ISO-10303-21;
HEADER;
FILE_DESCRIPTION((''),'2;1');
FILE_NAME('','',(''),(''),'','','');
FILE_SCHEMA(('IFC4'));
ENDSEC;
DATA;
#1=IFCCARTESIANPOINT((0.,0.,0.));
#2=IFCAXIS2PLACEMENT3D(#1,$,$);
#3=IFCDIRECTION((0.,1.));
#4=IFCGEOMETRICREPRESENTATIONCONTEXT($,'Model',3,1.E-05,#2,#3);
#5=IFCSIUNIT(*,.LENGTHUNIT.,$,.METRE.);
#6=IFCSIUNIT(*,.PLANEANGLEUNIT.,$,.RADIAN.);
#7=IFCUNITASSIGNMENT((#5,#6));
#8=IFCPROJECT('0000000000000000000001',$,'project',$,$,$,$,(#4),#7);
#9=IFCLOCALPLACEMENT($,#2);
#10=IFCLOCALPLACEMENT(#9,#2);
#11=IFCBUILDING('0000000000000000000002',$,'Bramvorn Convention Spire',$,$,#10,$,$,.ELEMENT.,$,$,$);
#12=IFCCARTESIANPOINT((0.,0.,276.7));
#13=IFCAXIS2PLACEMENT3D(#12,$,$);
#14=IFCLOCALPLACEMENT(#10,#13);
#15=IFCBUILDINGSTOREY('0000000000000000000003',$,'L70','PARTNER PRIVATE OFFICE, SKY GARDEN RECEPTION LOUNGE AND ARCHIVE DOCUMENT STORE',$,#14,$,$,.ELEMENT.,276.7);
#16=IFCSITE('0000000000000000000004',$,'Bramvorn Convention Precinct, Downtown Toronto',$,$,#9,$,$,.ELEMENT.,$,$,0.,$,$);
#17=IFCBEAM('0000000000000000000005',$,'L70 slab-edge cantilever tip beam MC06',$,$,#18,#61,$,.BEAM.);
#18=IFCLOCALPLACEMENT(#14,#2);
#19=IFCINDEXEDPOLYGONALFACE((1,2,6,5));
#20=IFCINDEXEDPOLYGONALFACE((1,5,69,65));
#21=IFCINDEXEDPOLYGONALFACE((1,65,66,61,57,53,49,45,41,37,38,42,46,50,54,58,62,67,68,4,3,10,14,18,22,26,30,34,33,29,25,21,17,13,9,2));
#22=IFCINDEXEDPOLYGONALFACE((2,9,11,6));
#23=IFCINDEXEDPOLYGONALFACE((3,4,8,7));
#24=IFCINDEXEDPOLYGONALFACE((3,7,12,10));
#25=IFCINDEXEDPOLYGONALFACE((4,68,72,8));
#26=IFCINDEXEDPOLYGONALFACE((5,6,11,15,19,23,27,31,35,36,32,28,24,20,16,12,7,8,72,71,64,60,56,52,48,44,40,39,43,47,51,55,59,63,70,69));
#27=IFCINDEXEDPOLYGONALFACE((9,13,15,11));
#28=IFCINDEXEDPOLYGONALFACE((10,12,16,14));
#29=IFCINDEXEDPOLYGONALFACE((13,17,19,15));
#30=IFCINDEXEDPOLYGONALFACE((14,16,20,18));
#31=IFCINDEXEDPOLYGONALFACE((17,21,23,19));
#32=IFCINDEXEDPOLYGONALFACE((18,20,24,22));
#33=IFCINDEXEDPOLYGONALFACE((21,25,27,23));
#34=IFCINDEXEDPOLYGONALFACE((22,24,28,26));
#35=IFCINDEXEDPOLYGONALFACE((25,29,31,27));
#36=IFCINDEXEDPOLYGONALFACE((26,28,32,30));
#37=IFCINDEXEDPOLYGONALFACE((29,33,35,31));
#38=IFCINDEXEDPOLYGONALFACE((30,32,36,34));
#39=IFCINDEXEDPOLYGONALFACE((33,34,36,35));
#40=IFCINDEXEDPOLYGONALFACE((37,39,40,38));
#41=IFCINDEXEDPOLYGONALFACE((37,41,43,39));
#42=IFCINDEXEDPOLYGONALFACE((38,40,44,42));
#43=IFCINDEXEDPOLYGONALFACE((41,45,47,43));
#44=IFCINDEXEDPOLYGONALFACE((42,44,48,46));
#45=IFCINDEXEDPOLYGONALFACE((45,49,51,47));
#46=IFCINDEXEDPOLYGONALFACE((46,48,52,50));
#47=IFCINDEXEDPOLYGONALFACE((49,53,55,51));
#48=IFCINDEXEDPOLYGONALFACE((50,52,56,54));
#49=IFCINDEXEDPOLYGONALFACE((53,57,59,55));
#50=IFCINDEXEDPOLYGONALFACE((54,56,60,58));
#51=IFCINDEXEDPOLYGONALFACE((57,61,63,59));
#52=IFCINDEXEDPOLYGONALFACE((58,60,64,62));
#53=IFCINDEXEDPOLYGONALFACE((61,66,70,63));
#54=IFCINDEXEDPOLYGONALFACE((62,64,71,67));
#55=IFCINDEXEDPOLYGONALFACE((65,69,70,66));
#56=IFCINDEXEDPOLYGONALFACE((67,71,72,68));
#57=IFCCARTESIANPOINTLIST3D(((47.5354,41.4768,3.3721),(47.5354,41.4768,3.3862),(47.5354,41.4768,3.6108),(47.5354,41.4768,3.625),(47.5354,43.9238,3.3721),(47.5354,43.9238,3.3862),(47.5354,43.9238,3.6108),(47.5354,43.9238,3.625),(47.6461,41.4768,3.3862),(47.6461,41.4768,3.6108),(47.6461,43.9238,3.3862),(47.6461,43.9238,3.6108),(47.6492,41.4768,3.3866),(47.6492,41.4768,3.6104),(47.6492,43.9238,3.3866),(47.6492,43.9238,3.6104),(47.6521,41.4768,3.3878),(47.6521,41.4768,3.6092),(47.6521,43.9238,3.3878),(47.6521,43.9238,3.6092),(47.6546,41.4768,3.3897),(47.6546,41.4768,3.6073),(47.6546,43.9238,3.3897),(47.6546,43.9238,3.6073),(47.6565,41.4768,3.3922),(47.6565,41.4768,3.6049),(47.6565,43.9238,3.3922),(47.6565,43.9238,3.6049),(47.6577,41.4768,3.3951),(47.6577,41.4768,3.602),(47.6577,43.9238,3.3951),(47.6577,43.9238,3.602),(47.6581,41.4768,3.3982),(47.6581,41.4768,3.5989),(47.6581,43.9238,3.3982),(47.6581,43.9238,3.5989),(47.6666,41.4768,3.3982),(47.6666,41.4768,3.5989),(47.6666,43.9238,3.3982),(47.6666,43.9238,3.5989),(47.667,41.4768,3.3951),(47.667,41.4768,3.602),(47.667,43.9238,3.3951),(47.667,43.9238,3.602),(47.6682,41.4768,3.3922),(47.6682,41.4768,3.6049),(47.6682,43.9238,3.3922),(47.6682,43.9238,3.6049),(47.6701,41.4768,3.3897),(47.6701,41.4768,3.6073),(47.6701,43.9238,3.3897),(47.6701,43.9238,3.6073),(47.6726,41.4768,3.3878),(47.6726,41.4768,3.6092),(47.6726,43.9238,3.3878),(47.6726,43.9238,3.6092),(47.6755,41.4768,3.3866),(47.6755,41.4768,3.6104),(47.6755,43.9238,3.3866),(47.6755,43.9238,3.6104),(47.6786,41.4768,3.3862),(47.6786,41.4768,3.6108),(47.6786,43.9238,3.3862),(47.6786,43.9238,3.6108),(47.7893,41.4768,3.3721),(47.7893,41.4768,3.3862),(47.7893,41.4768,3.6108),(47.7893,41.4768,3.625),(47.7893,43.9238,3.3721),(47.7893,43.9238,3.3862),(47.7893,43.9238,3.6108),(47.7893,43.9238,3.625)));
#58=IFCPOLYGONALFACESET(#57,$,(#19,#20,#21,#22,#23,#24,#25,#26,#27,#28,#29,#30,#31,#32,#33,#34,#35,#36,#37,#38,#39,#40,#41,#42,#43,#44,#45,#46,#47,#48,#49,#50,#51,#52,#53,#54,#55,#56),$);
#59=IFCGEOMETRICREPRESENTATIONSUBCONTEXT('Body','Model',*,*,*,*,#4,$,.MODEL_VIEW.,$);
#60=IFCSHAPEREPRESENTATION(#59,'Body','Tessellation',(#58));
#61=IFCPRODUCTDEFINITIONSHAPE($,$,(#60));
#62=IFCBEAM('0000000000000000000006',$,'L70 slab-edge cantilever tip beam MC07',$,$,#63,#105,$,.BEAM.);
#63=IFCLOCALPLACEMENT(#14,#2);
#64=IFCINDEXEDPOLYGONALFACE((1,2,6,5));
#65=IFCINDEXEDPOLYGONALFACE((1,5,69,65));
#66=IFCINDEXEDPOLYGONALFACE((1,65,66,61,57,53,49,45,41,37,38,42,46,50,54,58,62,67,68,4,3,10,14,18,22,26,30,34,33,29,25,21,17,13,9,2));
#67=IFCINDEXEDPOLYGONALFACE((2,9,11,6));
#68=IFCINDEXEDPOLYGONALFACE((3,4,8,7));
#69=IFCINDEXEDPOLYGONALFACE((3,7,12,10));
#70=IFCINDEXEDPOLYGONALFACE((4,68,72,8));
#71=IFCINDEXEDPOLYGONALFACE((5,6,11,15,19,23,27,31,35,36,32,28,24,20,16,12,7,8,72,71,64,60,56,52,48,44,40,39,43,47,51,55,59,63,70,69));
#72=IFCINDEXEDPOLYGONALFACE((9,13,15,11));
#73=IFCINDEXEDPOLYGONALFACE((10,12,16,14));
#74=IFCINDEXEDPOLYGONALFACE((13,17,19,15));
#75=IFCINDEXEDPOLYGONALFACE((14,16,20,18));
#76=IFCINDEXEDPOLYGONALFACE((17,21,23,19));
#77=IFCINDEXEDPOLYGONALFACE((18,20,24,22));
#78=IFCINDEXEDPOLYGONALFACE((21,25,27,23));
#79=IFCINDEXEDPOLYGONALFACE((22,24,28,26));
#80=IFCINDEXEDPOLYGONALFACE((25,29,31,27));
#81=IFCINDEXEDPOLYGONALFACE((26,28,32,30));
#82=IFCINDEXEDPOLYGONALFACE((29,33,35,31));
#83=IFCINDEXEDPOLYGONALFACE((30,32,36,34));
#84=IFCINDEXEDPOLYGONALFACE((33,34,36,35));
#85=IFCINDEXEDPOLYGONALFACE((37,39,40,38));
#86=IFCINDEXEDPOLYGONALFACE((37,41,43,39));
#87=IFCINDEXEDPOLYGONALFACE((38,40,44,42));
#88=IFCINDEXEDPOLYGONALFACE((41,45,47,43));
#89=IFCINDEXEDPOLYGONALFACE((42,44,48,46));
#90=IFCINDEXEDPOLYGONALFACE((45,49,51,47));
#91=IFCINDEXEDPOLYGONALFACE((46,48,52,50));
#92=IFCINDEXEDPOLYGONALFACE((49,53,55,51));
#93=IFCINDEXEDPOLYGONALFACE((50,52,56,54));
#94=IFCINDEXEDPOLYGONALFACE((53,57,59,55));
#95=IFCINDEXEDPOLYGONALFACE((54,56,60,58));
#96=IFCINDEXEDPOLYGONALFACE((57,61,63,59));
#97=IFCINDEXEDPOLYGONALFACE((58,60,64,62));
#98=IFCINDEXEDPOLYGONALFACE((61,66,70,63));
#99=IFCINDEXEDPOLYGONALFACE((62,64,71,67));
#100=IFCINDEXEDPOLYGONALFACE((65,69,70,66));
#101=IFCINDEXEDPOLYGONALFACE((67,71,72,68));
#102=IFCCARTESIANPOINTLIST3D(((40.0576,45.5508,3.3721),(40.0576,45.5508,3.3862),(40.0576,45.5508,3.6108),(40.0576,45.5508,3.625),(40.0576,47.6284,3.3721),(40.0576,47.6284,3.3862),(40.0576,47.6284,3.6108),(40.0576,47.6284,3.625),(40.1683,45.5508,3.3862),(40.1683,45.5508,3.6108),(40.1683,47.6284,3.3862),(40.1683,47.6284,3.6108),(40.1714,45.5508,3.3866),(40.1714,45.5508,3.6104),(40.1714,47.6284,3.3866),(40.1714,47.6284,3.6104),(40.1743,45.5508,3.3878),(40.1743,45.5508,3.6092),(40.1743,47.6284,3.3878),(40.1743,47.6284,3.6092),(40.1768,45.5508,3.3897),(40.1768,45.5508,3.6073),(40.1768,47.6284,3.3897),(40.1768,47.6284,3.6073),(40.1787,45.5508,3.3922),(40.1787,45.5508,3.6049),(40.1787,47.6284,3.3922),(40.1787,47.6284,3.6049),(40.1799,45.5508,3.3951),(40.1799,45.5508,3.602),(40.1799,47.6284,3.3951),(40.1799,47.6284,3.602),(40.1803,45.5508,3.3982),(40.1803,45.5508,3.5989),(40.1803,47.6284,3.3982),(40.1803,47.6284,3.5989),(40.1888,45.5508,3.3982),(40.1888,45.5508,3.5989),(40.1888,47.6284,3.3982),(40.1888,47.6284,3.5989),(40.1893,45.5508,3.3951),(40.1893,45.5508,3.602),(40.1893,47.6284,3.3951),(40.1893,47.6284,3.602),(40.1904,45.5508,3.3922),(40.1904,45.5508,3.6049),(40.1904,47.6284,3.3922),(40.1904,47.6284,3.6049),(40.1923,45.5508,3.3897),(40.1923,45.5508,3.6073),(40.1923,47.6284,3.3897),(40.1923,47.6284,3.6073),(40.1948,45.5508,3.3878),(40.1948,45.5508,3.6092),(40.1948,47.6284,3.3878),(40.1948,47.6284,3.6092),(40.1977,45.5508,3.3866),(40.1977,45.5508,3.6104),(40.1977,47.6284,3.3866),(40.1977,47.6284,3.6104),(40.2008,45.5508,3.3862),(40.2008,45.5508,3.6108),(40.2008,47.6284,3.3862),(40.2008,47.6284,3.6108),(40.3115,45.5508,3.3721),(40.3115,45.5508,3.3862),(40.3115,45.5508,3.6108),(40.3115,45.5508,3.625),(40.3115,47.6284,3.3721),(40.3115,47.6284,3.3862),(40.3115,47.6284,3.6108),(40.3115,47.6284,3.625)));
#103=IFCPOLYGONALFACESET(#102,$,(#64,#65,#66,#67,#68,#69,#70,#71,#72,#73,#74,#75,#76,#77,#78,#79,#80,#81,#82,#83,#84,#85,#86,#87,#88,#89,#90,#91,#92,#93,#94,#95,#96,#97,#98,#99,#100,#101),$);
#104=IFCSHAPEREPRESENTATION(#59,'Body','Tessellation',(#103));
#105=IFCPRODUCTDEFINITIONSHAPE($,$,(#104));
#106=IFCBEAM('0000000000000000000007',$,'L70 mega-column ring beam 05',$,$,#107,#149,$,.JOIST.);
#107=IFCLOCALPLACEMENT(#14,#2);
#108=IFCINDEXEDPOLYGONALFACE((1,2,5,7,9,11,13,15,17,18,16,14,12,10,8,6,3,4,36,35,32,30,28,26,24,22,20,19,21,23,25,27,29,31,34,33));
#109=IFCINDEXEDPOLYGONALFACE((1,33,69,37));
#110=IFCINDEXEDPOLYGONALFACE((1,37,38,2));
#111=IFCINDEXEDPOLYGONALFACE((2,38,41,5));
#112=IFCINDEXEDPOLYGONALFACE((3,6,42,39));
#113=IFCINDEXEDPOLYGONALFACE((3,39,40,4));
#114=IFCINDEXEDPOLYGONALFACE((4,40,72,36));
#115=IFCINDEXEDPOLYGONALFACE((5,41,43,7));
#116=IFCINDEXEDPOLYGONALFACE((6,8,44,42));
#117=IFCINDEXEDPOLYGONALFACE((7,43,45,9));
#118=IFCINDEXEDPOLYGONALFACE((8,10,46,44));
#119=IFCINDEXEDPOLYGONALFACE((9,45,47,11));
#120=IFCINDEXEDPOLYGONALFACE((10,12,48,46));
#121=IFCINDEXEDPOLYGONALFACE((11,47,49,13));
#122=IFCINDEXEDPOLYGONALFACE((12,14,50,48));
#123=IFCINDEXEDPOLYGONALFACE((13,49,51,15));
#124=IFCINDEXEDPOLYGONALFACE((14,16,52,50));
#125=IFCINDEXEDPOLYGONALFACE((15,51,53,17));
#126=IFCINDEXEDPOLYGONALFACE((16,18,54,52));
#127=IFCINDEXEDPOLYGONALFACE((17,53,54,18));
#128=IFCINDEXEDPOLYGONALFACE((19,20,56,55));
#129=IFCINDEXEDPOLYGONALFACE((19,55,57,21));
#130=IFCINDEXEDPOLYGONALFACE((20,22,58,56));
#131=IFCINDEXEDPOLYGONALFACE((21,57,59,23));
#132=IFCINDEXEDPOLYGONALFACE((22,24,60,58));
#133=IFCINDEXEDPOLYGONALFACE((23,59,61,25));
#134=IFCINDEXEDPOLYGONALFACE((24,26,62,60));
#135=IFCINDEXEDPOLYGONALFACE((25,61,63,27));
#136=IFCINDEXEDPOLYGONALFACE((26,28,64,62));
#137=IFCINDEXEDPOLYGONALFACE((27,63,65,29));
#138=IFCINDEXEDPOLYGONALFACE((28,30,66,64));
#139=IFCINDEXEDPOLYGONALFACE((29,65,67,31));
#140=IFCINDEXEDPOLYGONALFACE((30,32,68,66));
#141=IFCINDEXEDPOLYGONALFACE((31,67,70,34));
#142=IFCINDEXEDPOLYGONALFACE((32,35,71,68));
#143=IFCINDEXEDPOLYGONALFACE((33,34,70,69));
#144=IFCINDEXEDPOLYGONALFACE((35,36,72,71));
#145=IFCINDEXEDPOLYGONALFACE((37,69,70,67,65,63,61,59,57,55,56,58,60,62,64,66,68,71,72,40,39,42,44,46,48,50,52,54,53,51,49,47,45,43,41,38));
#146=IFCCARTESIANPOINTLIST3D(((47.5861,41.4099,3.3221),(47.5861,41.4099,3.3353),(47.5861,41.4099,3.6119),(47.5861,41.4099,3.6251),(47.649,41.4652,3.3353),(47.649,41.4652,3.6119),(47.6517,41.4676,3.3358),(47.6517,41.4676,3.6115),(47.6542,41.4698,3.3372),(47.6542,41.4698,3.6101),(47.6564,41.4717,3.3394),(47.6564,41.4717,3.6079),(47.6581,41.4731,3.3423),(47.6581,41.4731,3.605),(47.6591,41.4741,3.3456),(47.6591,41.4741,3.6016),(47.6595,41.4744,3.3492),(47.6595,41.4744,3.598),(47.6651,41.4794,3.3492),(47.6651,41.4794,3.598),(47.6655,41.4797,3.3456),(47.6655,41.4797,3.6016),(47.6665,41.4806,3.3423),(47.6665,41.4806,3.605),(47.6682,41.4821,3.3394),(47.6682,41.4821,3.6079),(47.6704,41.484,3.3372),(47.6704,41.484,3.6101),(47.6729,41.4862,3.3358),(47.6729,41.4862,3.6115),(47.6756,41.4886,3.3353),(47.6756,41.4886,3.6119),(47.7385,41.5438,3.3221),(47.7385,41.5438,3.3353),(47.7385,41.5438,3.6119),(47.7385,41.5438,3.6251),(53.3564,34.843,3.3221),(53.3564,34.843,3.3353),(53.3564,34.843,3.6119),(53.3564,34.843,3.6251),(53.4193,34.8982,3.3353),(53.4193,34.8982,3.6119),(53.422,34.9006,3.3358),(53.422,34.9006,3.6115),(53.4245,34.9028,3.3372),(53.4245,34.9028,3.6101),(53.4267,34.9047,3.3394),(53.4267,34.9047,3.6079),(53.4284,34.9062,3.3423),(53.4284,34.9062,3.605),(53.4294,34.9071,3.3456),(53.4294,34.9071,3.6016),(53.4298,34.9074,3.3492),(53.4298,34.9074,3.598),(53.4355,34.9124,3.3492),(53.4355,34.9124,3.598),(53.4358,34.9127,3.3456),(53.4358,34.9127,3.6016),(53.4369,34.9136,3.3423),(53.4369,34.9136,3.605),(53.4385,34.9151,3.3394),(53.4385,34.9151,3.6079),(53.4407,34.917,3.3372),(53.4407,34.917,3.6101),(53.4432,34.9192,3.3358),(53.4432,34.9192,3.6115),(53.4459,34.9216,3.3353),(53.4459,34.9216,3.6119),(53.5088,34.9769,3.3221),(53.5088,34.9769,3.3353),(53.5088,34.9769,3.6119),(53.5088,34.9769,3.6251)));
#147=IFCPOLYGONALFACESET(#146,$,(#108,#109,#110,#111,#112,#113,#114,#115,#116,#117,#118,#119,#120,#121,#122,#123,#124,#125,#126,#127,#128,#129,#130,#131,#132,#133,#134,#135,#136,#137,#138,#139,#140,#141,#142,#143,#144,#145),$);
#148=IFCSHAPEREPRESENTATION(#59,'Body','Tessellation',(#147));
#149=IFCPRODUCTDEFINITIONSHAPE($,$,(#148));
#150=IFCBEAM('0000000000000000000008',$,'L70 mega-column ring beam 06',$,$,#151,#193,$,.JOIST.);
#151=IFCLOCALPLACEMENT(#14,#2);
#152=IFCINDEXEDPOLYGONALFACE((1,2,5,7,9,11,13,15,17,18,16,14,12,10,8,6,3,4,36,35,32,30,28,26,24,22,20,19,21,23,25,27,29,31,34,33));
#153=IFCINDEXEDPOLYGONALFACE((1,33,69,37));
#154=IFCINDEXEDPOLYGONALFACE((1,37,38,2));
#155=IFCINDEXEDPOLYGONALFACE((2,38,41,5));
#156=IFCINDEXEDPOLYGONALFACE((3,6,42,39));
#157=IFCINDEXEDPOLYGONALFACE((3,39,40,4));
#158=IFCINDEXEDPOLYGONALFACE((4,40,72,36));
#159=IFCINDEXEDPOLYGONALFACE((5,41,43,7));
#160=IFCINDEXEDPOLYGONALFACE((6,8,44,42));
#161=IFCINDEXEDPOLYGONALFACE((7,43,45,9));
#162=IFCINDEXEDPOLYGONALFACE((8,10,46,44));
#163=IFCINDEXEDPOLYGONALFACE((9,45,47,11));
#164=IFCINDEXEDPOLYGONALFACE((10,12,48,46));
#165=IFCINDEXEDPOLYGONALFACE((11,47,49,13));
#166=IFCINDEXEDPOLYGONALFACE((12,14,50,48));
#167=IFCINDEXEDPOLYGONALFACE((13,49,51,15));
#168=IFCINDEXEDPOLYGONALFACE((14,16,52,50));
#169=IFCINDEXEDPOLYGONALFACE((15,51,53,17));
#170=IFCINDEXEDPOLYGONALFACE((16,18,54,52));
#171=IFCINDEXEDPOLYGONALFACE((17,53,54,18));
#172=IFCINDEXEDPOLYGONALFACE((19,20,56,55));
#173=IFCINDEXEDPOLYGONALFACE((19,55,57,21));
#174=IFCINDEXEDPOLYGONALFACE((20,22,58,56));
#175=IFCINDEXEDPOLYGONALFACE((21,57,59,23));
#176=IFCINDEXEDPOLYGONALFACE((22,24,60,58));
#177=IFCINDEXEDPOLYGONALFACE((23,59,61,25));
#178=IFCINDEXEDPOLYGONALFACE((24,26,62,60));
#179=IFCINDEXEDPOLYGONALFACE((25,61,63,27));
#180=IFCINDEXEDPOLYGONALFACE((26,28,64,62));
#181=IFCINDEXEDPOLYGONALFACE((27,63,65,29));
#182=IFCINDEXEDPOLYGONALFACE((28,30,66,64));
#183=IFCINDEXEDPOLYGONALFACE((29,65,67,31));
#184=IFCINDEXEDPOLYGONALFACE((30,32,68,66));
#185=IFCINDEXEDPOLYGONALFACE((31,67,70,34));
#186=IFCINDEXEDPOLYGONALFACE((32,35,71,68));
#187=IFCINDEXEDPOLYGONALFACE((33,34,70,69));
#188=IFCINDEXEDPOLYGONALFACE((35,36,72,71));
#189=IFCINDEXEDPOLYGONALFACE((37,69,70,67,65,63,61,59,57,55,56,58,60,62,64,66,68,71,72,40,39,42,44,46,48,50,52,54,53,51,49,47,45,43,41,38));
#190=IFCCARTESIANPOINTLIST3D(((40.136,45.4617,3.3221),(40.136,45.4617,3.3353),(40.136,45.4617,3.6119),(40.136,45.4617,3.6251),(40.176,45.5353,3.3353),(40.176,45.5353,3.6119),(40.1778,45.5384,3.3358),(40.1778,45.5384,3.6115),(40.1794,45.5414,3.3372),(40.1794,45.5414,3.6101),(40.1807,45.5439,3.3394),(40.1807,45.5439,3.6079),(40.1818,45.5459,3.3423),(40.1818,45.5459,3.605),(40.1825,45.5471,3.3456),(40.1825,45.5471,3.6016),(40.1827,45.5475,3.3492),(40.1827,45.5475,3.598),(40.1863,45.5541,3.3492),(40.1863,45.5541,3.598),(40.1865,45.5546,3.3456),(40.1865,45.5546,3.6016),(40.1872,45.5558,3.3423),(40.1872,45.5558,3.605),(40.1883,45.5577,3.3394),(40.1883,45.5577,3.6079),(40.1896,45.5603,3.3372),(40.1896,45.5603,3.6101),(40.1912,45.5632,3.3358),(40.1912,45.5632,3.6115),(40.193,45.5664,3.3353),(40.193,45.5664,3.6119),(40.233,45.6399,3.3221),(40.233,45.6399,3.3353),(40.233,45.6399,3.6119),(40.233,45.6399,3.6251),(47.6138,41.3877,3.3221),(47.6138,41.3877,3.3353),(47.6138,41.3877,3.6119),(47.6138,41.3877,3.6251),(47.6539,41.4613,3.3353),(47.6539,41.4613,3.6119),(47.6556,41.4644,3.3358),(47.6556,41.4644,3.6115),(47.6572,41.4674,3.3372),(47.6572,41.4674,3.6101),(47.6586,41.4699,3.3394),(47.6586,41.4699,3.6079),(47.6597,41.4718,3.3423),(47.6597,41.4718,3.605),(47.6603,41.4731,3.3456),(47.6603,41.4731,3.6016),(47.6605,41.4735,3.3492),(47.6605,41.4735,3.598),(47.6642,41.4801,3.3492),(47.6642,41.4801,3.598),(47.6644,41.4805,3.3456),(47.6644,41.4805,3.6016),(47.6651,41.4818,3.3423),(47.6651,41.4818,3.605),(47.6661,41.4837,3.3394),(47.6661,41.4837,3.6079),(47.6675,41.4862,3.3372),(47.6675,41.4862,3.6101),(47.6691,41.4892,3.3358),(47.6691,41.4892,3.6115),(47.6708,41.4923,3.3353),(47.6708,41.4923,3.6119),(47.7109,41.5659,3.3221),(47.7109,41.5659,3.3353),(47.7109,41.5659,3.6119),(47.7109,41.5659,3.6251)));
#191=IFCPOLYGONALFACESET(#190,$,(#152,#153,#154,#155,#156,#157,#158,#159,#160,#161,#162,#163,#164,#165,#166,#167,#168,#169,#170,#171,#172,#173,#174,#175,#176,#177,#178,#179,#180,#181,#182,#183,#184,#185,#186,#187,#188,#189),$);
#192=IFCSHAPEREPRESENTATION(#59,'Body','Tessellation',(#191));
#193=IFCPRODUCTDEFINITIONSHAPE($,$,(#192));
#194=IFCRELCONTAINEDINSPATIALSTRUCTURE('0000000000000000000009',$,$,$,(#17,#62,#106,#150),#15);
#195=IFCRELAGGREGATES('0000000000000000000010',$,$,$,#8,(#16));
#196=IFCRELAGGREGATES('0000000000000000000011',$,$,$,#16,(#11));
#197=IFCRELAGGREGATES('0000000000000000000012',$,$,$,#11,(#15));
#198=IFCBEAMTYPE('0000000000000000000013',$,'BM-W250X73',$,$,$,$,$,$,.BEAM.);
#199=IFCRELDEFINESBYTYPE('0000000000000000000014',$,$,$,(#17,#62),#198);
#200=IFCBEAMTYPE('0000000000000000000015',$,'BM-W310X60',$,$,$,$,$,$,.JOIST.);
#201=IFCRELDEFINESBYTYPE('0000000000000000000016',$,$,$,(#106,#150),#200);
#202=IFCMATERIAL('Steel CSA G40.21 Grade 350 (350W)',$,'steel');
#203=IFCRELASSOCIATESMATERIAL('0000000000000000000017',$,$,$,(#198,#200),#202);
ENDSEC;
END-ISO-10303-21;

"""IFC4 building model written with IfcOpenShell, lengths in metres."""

from ifc_helpers import new_model, si_unit, direction, frame, origin, origin_2d, place, context, subcontext, project, spatial, i_section, extrude, material, material_profile, profile_set, type_object, element, save


model = new_model("IFC4")

# Units and contexts
model_context = context("Model", 3, precision=1e-05, world=origin(), true_north=direction((0.0, 1.0)))
body_context = subcontext(model_context, "Body", "Model", "MODEL_VIEW")
ifc_project = project(units=[si_unit("LENGTHUNIT", "METRE"), si_unit("PLANEANGLEUNIT", "RADIAN")], contexts=[model_context])

# Site, building, storey
site_placement = place(None, origin())
site = spatial("IfcSite", under=ifc_project, at=site_placement, Name="Bramvorn Convention Precinct, Downtown Toronto", CompositionType="ELEMENT", RefElevation=0.0)
building_placement = place(site_placement, origin())
building = spatial("IfcBuilding", under=site, at=building_placement, Name="Bramvorn Convention Spire", CompositionType="ELEMENT")
storey_placement = place(building_placement, frame((0.0, 0.0, 276.7)))
storey = spatial("IfcBuildingStorey", under=building, at=storey_placement, Name="L70", Description="PARTNER PRIVATE OFFICE, SKY GARDEN RECEPTION LOUNGE AND ARCHIVE DOCUMENT STORE", CompositionType="ELEMENT", Elevation=276.7)

# Shared definitions
ifc_material_1 = material(Name="Steel CSA G40.21 Grade 350 (350W)", Category="steel")

# Beams
ifc_material_profile_1 = material_profile(ifc_material_1, i_section(OverallWidth=0.2539, OverallDepth=0.2529, WebThickness=0.0085, FlangeThickness=0.0142, FilletRadius=0.012, at=origin_2d()))
ifc_profile_set_1 = profile_set([ifc_material_profile_1], Name="Steel CSA G40.21 Grade 350 (350W) - W250X73")
beam_type_1 = type_object("IfcBeamType", Name="BM-W250X73", PredefinedType="BEAM", material=ifc_profile_set_1)
beam_1_placement = place(storey_placement, frame((47.6624, 41.4768, 3.4985), z_axis=(0.0, 1.0, 0.0), x_axis=(-1.0, 0.0, 0.0)))
element("IfcBeam", 1, at=beam_1_placement, inside=storey, type_object=beam_type_1, Name="L70 slab-edge cantilever tip beam MC06", PredefinedType="BEAM", context=body_context, shape_type="SweptSolid", body=[
    extrude(i_section(OverallWidth=0.2539, OverallDepth=0.2529, WebThickness=0.0085, FlangeThickness=0.0142, FilletRadius=0.012, at=origin_2d()), origin(), (0.0, 0.0, 1.0), 2.447),
])
beam_2_placement = place(storey_placement, frame((40.1846, 45.5508, 3.4985), z_axis=(0.0, 1.0, 0.0), x_axis=(-1.0, 0.0, 0.0)))
element("IfcBeam", 2, at=beam_2_placement, inside=storey, type_object=beam_type_1, Name="L70 slab-edge cantilever tip beam MC07", PredefinedType="BEAM", context=body_context, shape_type="SweptSolid", body=[
    extrude(i_section(OverallWidth=0.2539, OverallDepth=0.2529, WebThickness=0.0085, FlangeThickness=0.0142, FilletRadius=0.012, at=origin_2d()), origin(), (0.0, 0.0, 1.0), 2.0776),
])
ifc_material_profile_2 = material_profile(ifc_material_1, i_section(OverallWidth=0.2029, OverallDepth=0.303, WebThickness=0.0076, FlangeThickness=0.0132, FilletRadius=0.0139, at=origin_2d()))
ifc_profile_set_2 = profile_set([ifc_material_profile_2], Name="Steel CSA G40.21 Grade 350 (350W) - W310X60")
beam_type_2 = type_object("IfcBeamType", Name="BM-W310X60", PredefinedType="JOIST", material=ifc_profile_set_2)
beam_3_placement = place(storey_placement, frame((53.4326, 34.9099, 3.4736), z_axis=(-0.660073, 0.751201, 0.0), x_axis=(-0.751201, -0.660073, 0.0)))
element("IfcBeam", 3, at=beam_3_placement, inside=storey, type_object=beam_type_2, Name="L70 mega-column ring beam 05", PredefinedType="JOIST", context=body_context, shape_type="SweptSolid", body=[
    extrude(i_section(OverallWidth=0.2029, OverallDepth=0.303, WebThickness=0.0076, FlangeThickness=0.0132, FilletRadius=0.0139, at=origin_2d()), origin(), (0.0, 0.0, 1.0), 8.7419),
])
beam_4_placement = place(storey_placement, frame((47.6624, 41.4768, 3.4736), z_axis=(-0.878133, 0.478416, 0.0), x_axis=(-0.478416, -0.878133, 0.0)))
element("IfcBeam", 4, at=beam_4_placement, inside=storey, type_object=beam_type_2, Name="L70 mega-column ring beam 06", PredefinedType="JOIST", context=body_context, shape_type="SweptSolid", body=[
    extrude(i_section(OverallWidth=0.2029, OverallDepth=0.303, WebThickness=0.0076, FlangeThickness=0.0132, FilletRadius=0.0139, at=origin_2d()), origin(), (0.0, 0.0, 1.0), 8.5156),
])

save(model, "model.ifc")
